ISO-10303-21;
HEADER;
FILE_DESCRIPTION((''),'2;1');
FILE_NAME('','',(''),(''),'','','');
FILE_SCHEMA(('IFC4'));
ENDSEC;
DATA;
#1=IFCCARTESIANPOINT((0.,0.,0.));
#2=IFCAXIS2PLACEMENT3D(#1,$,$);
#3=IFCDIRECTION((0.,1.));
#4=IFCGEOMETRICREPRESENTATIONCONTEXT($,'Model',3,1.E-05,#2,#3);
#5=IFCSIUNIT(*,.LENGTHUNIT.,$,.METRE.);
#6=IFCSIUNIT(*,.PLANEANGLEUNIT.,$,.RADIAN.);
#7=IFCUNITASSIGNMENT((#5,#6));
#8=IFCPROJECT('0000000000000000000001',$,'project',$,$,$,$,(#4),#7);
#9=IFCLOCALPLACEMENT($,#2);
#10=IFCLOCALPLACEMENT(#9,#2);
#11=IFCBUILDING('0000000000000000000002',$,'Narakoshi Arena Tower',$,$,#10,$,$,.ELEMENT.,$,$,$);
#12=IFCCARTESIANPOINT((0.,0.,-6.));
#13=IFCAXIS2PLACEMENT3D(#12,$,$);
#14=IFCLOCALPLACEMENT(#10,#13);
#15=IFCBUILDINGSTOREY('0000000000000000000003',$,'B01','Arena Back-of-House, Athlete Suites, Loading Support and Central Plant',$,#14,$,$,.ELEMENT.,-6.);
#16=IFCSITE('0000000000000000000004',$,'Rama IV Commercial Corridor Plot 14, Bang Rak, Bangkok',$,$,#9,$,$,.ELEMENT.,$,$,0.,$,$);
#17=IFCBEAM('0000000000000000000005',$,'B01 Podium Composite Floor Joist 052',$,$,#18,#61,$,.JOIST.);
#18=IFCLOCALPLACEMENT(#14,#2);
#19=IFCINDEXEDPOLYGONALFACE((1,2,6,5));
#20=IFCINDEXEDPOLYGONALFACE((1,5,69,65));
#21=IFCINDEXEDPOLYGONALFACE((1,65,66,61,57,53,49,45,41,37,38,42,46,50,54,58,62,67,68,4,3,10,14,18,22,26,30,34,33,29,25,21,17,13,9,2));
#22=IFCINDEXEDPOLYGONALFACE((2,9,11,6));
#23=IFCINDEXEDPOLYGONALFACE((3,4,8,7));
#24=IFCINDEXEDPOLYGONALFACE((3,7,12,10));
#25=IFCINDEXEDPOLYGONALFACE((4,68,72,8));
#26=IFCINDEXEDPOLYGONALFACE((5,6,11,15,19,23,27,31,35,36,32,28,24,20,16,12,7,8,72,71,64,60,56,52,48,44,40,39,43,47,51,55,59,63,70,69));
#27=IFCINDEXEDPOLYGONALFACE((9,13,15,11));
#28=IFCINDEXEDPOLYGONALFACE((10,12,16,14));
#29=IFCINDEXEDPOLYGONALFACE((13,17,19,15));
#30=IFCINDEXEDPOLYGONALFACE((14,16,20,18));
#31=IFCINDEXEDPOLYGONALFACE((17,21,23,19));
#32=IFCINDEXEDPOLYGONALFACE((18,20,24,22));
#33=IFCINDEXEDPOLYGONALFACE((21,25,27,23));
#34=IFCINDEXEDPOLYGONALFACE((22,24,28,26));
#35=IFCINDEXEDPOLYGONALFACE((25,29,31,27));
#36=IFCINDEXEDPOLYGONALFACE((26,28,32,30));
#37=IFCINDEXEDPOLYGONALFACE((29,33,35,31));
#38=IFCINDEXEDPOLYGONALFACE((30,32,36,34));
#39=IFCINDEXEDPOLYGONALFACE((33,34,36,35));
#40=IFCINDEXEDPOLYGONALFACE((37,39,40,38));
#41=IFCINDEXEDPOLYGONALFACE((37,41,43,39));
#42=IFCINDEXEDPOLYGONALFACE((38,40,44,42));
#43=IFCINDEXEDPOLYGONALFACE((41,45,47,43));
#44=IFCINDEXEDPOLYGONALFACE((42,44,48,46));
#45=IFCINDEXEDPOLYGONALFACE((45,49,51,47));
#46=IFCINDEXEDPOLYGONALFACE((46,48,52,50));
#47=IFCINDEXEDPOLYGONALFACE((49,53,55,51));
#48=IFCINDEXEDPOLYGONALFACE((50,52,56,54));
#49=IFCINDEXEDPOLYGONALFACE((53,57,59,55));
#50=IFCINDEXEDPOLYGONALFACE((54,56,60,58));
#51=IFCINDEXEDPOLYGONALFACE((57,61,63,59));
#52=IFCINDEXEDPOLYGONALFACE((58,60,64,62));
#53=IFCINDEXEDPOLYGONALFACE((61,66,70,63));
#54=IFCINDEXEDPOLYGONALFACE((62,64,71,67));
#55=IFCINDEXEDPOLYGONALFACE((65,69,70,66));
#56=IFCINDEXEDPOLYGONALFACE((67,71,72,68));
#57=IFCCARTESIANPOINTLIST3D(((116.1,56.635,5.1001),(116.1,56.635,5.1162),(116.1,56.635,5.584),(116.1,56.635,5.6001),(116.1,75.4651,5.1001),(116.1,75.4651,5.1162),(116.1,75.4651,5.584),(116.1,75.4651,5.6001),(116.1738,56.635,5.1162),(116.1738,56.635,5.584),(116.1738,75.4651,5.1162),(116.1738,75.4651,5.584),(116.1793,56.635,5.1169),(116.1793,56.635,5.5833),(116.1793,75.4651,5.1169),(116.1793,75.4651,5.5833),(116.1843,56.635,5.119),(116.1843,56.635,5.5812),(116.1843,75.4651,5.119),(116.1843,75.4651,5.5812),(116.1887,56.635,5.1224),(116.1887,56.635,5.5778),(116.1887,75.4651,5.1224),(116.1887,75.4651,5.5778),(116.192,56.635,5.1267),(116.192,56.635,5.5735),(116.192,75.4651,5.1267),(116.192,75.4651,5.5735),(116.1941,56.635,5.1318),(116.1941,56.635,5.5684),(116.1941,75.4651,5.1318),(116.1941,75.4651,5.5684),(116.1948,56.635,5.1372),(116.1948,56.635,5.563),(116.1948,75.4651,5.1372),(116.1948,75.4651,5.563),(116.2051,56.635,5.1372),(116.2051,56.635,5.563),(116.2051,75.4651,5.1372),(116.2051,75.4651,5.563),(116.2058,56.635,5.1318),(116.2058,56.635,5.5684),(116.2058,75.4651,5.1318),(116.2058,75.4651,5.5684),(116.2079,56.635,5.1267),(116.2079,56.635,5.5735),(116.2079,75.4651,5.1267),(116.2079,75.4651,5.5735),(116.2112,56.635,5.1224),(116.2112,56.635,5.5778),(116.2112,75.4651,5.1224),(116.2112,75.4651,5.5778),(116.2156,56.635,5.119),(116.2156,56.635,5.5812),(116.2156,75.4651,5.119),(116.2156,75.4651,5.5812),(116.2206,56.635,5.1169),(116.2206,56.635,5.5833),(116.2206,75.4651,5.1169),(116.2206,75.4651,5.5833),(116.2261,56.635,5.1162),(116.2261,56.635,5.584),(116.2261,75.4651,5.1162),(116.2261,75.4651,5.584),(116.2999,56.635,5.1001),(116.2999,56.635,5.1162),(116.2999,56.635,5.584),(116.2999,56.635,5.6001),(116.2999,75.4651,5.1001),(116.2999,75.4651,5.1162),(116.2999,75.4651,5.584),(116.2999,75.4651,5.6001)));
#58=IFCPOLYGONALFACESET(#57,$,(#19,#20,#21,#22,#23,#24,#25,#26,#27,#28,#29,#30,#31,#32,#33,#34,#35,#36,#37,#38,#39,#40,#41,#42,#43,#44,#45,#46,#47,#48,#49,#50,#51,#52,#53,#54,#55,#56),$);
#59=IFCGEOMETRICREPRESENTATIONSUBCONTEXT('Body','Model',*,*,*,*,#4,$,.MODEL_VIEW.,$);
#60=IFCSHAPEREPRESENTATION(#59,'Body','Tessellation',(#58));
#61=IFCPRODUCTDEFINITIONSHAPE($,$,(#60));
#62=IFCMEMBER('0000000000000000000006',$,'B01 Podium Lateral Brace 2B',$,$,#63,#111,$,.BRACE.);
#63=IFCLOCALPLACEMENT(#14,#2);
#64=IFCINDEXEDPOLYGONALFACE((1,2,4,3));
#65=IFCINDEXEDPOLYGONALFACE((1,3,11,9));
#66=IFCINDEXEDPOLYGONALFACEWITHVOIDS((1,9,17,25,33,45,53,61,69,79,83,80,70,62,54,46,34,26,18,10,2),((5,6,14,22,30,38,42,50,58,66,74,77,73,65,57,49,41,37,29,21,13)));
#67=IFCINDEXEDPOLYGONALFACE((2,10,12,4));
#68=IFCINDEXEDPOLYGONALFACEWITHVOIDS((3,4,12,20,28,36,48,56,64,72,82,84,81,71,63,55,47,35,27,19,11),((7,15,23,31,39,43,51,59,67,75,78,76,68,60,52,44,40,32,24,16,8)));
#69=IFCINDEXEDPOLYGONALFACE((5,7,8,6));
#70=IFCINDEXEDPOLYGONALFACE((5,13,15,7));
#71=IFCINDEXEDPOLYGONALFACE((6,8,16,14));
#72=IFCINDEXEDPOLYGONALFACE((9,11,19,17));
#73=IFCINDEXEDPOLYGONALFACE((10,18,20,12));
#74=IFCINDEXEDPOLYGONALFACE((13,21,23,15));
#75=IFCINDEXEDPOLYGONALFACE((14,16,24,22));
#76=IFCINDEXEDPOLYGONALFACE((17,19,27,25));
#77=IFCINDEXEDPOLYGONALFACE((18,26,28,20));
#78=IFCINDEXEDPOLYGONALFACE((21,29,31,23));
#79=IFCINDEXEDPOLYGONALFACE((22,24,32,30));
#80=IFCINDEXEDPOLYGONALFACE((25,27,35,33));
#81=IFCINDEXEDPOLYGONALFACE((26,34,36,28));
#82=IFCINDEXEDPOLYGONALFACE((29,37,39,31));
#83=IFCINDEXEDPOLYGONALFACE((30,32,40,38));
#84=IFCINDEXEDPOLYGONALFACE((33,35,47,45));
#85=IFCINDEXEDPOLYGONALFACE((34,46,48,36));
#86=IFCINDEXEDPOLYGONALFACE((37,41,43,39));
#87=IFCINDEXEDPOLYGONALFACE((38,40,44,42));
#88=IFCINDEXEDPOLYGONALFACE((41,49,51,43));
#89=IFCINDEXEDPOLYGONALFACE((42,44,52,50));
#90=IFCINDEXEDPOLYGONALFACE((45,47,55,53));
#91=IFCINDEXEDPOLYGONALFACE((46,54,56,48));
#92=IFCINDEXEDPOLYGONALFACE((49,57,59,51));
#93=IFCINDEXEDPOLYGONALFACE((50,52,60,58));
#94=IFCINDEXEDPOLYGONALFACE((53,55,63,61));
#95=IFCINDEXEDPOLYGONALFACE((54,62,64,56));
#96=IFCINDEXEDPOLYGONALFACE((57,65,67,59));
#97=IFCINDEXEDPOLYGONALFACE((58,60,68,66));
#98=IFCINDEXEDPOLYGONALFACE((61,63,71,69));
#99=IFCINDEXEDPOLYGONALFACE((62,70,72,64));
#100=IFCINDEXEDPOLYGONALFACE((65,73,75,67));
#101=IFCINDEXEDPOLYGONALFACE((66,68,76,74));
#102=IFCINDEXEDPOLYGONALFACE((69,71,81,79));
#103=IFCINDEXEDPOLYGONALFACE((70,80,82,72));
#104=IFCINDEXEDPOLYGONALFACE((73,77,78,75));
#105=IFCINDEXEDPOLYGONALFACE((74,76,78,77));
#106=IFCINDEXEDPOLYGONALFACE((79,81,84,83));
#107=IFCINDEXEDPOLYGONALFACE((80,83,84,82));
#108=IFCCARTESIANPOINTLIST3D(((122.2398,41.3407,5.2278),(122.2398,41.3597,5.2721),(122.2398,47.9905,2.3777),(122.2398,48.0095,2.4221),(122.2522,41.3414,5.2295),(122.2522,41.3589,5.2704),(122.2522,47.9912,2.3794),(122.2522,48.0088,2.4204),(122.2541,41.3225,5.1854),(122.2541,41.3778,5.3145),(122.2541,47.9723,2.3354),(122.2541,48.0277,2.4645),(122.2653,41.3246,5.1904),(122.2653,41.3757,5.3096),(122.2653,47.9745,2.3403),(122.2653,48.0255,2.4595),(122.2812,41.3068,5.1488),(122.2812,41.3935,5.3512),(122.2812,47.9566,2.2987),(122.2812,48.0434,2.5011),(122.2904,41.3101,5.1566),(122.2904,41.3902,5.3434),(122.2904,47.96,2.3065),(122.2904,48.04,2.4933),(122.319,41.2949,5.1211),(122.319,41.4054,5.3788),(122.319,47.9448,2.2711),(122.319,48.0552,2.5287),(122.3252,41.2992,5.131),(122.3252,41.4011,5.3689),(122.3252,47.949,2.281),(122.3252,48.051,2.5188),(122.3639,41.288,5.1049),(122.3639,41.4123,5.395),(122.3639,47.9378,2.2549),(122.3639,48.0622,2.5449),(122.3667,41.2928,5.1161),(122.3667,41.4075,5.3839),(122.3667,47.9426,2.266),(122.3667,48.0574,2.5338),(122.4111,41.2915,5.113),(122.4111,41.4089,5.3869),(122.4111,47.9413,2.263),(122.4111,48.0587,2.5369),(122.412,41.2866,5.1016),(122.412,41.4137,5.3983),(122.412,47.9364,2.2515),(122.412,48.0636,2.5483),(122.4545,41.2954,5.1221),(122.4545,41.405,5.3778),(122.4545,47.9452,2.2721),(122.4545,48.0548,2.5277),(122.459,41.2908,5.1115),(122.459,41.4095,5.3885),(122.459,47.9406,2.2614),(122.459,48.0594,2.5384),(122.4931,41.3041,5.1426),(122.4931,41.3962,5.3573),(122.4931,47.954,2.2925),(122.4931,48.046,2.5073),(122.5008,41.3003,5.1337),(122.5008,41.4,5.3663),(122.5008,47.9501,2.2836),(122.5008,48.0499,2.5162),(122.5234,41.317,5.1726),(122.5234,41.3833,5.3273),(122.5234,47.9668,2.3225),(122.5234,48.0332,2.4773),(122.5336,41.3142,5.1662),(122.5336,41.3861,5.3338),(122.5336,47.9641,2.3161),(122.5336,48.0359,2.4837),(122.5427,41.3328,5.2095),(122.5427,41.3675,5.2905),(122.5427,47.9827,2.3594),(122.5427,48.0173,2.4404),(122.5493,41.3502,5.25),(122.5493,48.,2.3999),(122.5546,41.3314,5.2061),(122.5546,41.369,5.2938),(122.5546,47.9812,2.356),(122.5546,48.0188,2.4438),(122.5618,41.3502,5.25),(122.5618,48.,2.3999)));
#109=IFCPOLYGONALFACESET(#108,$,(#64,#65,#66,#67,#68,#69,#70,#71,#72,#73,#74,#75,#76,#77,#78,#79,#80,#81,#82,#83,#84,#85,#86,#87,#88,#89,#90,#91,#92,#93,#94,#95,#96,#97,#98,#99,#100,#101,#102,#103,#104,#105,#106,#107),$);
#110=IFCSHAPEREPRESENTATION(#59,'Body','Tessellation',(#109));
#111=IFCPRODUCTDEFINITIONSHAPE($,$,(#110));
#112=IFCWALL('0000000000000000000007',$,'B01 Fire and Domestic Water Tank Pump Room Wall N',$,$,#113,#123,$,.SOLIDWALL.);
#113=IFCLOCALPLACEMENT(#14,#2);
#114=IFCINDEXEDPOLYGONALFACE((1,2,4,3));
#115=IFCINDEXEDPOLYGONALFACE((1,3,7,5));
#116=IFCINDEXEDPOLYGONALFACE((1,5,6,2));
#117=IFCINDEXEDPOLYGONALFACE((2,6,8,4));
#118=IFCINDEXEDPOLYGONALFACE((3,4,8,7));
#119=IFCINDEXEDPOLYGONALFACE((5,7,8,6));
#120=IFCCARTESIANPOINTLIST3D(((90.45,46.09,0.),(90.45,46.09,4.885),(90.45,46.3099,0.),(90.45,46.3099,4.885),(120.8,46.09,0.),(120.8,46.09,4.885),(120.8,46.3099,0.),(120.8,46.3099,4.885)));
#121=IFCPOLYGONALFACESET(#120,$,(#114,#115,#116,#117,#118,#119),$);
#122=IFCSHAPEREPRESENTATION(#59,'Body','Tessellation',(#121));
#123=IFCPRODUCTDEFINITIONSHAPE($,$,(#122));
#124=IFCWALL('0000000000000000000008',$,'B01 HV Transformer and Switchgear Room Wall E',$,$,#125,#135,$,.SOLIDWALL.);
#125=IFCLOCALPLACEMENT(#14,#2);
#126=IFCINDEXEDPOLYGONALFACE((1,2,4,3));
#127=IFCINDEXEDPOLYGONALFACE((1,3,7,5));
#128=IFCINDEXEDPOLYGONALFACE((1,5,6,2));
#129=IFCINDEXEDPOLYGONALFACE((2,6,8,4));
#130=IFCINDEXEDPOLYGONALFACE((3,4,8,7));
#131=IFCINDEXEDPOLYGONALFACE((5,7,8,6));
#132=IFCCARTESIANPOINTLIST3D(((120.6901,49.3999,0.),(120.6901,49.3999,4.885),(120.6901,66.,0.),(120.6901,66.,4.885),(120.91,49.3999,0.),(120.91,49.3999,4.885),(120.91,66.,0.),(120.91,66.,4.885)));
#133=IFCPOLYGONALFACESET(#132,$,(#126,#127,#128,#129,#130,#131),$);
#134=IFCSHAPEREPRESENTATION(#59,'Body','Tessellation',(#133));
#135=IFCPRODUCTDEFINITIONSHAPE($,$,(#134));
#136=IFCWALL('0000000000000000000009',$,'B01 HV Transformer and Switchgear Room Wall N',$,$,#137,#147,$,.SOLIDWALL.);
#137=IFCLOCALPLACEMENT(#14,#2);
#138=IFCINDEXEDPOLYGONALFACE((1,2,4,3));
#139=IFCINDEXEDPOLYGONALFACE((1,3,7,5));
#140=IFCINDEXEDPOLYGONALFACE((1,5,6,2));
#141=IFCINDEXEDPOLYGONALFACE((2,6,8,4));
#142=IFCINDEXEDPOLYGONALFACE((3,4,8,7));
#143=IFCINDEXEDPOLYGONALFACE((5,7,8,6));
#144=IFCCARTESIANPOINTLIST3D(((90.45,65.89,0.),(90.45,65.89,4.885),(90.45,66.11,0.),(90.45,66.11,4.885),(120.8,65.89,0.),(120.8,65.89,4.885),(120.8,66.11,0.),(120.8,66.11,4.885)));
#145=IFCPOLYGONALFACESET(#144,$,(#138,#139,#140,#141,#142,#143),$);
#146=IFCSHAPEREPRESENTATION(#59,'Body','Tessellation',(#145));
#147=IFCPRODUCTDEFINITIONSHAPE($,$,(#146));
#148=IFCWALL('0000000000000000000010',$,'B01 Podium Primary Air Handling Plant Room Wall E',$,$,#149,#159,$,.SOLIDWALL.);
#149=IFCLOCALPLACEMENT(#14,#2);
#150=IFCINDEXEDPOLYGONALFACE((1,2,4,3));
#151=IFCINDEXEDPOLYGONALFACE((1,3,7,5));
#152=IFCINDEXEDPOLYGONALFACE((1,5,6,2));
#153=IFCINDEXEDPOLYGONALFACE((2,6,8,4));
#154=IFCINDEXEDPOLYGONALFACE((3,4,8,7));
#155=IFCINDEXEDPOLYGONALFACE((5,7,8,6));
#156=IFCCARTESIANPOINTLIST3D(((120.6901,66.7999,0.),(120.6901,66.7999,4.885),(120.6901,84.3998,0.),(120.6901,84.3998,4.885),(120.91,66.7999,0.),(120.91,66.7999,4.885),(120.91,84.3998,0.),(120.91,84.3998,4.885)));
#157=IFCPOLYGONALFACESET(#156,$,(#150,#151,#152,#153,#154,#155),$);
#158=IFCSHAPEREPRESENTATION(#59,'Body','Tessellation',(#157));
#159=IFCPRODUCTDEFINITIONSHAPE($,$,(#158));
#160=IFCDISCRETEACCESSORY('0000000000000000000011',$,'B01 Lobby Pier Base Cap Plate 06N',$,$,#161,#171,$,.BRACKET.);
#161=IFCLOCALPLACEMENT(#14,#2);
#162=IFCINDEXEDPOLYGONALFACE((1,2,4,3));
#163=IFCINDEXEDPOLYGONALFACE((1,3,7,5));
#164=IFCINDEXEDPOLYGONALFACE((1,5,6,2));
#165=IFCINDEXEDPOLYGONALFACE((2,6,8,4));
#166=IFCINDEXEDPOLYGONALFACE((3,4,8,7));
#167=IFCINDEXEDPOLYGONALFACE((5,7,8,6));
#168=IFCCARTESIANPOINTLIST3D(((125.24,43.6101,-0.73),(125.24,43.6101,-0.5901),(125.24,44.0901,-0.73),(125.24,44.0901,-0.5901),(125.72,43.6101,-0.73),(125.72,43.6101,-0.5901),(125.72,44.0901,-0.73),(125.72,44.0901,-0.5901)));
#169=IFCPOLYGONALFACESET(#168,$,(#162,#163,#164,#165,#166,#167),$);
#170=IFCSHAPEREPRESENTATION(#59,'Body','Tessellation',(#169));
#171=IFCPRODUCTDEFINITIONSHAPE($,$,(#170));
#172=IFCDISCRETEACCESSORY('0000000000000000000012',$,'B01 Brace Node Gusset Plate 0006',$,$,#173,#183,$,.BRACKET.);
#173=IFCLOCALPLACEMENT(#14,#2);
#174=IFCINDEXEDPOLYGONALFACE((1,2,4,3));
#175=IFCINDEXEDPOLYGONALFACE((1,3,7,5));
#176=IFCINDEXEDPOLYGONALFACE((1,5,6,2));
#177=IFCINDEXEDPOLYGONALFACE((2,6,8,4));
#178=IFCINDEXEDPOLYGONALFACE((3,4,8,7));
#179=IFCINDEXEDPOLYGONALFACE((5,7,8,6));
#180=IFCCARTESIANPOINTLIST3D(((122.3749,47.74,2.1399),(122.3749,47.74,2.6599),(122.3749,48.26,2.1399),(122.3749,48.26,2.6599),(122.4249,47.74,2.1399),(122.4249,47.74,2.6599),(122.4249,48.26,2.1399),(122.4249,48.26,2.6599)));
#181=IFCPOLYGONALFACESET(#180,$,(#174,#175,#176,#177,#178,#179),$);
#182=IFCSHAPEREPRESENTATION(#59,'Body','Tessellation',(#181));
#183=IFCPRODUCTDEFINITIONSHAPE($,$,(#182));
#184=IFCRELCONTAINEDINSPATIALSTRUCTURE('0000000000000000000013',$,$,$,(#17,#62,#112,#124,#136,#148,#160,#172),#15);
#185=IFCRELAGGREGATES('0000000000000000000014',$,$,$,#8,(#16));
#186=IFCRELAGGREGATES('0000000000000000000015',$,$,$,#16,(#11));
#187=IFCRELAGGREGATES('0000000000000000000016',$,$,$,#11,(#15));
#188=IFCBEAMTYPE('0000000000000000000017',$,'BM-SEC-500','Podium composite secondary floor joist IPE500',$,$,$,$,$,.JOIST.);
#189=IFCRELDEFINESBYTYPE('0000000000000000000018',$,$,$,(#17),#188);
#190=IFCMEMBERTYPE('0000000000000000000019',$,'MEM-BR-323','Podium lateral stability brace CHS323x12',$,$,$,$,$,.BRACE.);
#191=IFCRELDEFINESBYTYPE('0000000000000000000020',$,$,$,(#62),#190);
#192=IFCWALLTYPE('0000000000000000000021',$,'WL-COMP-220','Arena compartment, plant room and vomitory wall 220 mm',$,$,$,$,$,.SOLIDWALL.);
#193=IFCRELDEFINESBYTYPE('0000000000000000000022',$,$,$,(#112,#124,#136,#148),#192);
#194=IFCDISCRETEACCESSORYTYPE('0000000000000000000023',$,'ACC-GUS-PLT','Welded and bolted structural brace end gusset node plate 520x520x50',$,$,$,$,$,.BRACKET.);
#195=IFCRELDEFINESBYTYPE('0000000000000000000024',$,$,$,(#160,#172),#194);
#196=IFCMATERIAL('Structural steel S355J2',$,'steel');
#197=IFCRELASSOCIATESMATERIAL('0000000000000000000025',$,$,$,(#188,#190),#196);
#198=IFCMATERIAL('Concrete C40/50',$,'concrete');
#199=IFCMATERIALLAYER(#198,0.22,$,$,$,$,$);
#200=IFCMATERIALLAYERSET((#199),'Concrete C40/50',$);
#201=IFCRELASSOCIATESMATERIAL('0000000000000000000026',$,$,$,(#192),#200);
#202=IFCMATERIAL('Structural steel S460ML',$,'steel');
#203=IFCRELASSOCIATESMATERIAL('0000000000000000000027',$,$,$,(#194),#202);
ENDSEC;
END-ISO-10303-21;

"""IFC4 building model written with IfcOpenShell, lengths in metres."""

from ifc_helpers import new_model, si_unit, direction, frame, frame_2d, origin, origin_2d, place, context, subcontext, project, spatial, rectangle, hollow_circle, i_section, extrude, material, layer, layer_set, material_profile, profile_set, type_object, element, save


model = new_model("IFC4")

# Units and contexts
model_context = context("Model", 3, precision=1e-05, world=origin(), true_north=direction((0.0, 1.0)))
body_context = subcontext(model_context, "Body", "Model", "MODEL_VIEW")
ifc_project = project(units=[si_unit("LENGTHUNIT", "METRE"), si_unit("PLANEANGLEUNIT", "RADIAN")], contexts=[model_context])

# Site, building, storey
site_placement = place(None, origin())
site = spatial("IfcSite", under=ifc_project, at=site_placement, Name="Rama IV Commercial Corridor Plot 14, Bang Rak, Bangkok", CompositionType="ELEMENT", RefElevation=0.0)
building_placement = place(site_placement, origin())
building = spatial("IfcBuilding", under=site, at=building_placement, Name="Narakoshi Arena Tower", CompositionType="ELEMENT")
storey_placement = place(building_placement, frame((0.0, 0.0, -6.0)))
storey = spatial("IfcBuildingStorey", under=building, at=storey_placement, Name="B01", Description="Arena Back-of-House, Athlete Suites, Loading Support and Central Plant", CompositionType="ELEMENT", Elevation=-6.0)

# Shared definitions
ifc_material_1 = material(Name="Concrete C40/50", Category="concrete")

# Shared definitions
ifc_material_2 = material(Name="Structural steel S355J2", Category="steel")

# Beam
ifc_material_profile_1 = material_profile(ifc_material_2, i_section(OverallWidth=0.2, OverallDepth=0.5, WebThickness=0.0103, FlangeThickness=0.0161, FilletRadius=0.021, at=origin_2d()), Name="IPE500")
ifc_profile_set_1 = profile_set([ifc_material_profile_1], Name="Structural steel S355J2")
beam_type_1 = type_object("IfcBeamType", Name="BM-SEC-500", Description="Podium composite secondary floor joist IPE500", PredefinedType="JOIST", material=ifc_profile_set_1)
beam_1_placement = place(storey_placement, frame((116.2, 56.635, 5.3501), z_axis=(0.0, 1.0, 0.0), x_axis=(-1.0, 0.0, 0.0)))
element("IfcBeam", 1, at=beam_1_placement, inside=storey, type_object=beam_type_1, Name="B01 Podium Composite Floor Joist 052", PredefinedType="JOIST", context=body_context, shape_type="SweptSolid", body=[
    extrude(i_section(OverallWidth=0.2, OverallDepth=0.5, WebThickness=0.0103, FlangeThickness=0.0161, FilletRadius=0.021, at=origin_2d()), origin(), (0.0, 0.0, 1.0), 18.8301),
])

# Member
ifc_material_profile_2 = material_profile(ifc_material_2, hollow_circle(Radius=0.1619, WallThickness=0.0125, at=origin_2d()), Name="CHS323x12")
ifc_profile_set_2 = profile_set([ifc_material_profile_2], Name="Structural steel S355J2")
member_type = type_object("IfcMemberType", Name="MEM-BR-323", Description="Podium lateral stability brace CHS323x12", PredefinedType="BRACE", material=ifc_profile_set_2)
member_placement = place(storey_placement, frame((122.3999, 48.0, 2.3999), z_axis=(0.0, -0.919138, 0.393936), x_axis=(1.0, 0.0, 0.0)))
element("IfcMember", 2, at=member_placement, inside=storey, type_object=member_type, Name="B01 Podium Lateral Brace 2B", PredefinedType="BRACE", context=body_context, shape_type="SweptSolid", body=[
    extrude(hollow_circle(Radius=0.1619, WallThickness=0.0125, at=origin_2d()), origin(), (0.0, 0.0, 1.0), 7.2349),
])

# Walls
ifc_layer_1 = layer(ifc_material_1, 0.22)
ifc_layer_set_1 = layer_set([ifc_layer_1], Name="Concrete C40/50")
wall_type = type_object("IfcWallType", Name="WL-COMP-220", Description="Arena compartment, plant room and vomitory wall 220 mm", PredefinedType="SOLIDWALL", material=ifc_layer_set_1)
wall_1_placement = place(storey_placement, frame((120.8, 46.2, 0.0), z_axis=(0.0, 0.0, 1.0), x_axis=(-1.0, 0.0, 0.0)))
element("IfcWall", 3, at=wall_1_placement, inside=storey, type_object=wall_type, Name="B01 Fire and Domestic Water Tank Pump Room Wall N", PredefinedType="SOLIDWALL", context=body_context, shape_type="SweptSolid", body=[
    extrude(rectangle(XDim=30.3501, YDim=0.22, at=frame_2d((15.175, 0.0))), origin(), (0.0, 0.0, 1.0), 4.885),
])
wall_2_placement = place(storey_placement, frame((120.8, 49.3999, 0.0), z_axis=(0.0, 0.0, 1.0), x_axis=(0.0, 1.0, 0.0)))
element("IfcWall", 4, at=wall_2_placement, inside=storey, type_object=wall_type, Name="B01 HV Transformer and Switchgear Room Wall E", PredefinedType="SOLIDWALL", context=body_context, shape_type="SweptSolid", body=[
    extrude(rectangle(XDim=16.6001, YDim=0.22, at=frame_2d((8.3, 0.0))), origin(), (0.0, 0.0, 1.0), 4.885),
])
wall_3_placement = place(storey_placement, frame((120.8, 66.0, 0.0), z_axis=(0.0, 0.0, 1.0), x_axis=(-1.0, 0.0, 0.0)))
element("IfcWall", 5, at=wall_3_placement, inside=storey, type_object=wall_type, Name="B01 HV Transformer and Switchgear Room Wall N", PredefinedType="SOLIDWALL", context=body_context, shape_type="SweptSolid", body=[
    extrude(rectangle(XDim=30.3501, YDim=0.22, at=frame_2d((15.175, 0.0))), origin(), (0.0, 0.0, 1.0), 4.885),
])
wall_4_placement = place(storey_placement, frame((120.8, 66.8, 0.0), z_axis=(0.0, 0.0, 1.0), x_axis=(0.0, 1.0, 0.0)))
element("IfcWall", 6, at=wall_4_placement, inside=storey, type_object=wall_type, Name="B01 Podium Primary Air Handling Plant Room Wall E", PredefinedType="SOLIDWALL", context=body_context, shape_type="SweptSolid", body=[
    extrude(rectangle(XDim=17.5999, YDim=0.22, at=frame_2d((8.7998, 0.0))), origin(), (0.0, 0.0, 1.0), 4.885),
])

# Discrete accessories
ifc_material_3 = material(Name="Structural steel S460ML", Category="steel")
discrete_accessory_type = type_object("IfcDiscreteAccessoryType", Name="ACC-GUS-PLT", Description="Welded and bolted structural brace end gusset node plate 520x520x50", PredefinedType="BRACKET", material=ifc_material_3)
discrete_accessory_1_placement = place(storey_placement, frame((125.48, 43.8501, -0.73), z_axis=(0.0, 0.0, 1.0), x_axis=(1.0, 0.0, 0.0)))
element("IfcDiscreteAccessory", 7, at=discrete_accessory_1_placement, inside=storey, type_object=discrete_accessory_type, Name="B01 Lobby Pier Base Cap Plate 06N", PredefinedType="BRACKET", context=body_context, shape_type="SweptSolid", body=[
    extrude(rectangle(XDim=0.48, YDim=0.48, at=origin_2d()), origin(), (0.0, 0.0, 1.0), 0.1399),
])
discrete_accessory_2_placement = place(storey_placement, frame((122.3999, 48.0, 2.1399), z_axis=(0.0, 0.0, 1.0), x_axis=(0.0, 1.0, 0.0)))
element("IfcDiscreteAccessory", 8, at=discrete_accessory_2_placement, inside=storey, type_object=discrete_accessory_type, Name="B01 Brace Node Gusset Plate 0006", PredefinedType="BRACKET", context=body_context, shape_type="SweptSolid", body=[
    extrude(rectangle(XDim=0.52, YDim=0.05, at=origin_2d()), origin(), (0.0, 0.0, 1.0), 0.52),
])

save(model, "model.ifc")
